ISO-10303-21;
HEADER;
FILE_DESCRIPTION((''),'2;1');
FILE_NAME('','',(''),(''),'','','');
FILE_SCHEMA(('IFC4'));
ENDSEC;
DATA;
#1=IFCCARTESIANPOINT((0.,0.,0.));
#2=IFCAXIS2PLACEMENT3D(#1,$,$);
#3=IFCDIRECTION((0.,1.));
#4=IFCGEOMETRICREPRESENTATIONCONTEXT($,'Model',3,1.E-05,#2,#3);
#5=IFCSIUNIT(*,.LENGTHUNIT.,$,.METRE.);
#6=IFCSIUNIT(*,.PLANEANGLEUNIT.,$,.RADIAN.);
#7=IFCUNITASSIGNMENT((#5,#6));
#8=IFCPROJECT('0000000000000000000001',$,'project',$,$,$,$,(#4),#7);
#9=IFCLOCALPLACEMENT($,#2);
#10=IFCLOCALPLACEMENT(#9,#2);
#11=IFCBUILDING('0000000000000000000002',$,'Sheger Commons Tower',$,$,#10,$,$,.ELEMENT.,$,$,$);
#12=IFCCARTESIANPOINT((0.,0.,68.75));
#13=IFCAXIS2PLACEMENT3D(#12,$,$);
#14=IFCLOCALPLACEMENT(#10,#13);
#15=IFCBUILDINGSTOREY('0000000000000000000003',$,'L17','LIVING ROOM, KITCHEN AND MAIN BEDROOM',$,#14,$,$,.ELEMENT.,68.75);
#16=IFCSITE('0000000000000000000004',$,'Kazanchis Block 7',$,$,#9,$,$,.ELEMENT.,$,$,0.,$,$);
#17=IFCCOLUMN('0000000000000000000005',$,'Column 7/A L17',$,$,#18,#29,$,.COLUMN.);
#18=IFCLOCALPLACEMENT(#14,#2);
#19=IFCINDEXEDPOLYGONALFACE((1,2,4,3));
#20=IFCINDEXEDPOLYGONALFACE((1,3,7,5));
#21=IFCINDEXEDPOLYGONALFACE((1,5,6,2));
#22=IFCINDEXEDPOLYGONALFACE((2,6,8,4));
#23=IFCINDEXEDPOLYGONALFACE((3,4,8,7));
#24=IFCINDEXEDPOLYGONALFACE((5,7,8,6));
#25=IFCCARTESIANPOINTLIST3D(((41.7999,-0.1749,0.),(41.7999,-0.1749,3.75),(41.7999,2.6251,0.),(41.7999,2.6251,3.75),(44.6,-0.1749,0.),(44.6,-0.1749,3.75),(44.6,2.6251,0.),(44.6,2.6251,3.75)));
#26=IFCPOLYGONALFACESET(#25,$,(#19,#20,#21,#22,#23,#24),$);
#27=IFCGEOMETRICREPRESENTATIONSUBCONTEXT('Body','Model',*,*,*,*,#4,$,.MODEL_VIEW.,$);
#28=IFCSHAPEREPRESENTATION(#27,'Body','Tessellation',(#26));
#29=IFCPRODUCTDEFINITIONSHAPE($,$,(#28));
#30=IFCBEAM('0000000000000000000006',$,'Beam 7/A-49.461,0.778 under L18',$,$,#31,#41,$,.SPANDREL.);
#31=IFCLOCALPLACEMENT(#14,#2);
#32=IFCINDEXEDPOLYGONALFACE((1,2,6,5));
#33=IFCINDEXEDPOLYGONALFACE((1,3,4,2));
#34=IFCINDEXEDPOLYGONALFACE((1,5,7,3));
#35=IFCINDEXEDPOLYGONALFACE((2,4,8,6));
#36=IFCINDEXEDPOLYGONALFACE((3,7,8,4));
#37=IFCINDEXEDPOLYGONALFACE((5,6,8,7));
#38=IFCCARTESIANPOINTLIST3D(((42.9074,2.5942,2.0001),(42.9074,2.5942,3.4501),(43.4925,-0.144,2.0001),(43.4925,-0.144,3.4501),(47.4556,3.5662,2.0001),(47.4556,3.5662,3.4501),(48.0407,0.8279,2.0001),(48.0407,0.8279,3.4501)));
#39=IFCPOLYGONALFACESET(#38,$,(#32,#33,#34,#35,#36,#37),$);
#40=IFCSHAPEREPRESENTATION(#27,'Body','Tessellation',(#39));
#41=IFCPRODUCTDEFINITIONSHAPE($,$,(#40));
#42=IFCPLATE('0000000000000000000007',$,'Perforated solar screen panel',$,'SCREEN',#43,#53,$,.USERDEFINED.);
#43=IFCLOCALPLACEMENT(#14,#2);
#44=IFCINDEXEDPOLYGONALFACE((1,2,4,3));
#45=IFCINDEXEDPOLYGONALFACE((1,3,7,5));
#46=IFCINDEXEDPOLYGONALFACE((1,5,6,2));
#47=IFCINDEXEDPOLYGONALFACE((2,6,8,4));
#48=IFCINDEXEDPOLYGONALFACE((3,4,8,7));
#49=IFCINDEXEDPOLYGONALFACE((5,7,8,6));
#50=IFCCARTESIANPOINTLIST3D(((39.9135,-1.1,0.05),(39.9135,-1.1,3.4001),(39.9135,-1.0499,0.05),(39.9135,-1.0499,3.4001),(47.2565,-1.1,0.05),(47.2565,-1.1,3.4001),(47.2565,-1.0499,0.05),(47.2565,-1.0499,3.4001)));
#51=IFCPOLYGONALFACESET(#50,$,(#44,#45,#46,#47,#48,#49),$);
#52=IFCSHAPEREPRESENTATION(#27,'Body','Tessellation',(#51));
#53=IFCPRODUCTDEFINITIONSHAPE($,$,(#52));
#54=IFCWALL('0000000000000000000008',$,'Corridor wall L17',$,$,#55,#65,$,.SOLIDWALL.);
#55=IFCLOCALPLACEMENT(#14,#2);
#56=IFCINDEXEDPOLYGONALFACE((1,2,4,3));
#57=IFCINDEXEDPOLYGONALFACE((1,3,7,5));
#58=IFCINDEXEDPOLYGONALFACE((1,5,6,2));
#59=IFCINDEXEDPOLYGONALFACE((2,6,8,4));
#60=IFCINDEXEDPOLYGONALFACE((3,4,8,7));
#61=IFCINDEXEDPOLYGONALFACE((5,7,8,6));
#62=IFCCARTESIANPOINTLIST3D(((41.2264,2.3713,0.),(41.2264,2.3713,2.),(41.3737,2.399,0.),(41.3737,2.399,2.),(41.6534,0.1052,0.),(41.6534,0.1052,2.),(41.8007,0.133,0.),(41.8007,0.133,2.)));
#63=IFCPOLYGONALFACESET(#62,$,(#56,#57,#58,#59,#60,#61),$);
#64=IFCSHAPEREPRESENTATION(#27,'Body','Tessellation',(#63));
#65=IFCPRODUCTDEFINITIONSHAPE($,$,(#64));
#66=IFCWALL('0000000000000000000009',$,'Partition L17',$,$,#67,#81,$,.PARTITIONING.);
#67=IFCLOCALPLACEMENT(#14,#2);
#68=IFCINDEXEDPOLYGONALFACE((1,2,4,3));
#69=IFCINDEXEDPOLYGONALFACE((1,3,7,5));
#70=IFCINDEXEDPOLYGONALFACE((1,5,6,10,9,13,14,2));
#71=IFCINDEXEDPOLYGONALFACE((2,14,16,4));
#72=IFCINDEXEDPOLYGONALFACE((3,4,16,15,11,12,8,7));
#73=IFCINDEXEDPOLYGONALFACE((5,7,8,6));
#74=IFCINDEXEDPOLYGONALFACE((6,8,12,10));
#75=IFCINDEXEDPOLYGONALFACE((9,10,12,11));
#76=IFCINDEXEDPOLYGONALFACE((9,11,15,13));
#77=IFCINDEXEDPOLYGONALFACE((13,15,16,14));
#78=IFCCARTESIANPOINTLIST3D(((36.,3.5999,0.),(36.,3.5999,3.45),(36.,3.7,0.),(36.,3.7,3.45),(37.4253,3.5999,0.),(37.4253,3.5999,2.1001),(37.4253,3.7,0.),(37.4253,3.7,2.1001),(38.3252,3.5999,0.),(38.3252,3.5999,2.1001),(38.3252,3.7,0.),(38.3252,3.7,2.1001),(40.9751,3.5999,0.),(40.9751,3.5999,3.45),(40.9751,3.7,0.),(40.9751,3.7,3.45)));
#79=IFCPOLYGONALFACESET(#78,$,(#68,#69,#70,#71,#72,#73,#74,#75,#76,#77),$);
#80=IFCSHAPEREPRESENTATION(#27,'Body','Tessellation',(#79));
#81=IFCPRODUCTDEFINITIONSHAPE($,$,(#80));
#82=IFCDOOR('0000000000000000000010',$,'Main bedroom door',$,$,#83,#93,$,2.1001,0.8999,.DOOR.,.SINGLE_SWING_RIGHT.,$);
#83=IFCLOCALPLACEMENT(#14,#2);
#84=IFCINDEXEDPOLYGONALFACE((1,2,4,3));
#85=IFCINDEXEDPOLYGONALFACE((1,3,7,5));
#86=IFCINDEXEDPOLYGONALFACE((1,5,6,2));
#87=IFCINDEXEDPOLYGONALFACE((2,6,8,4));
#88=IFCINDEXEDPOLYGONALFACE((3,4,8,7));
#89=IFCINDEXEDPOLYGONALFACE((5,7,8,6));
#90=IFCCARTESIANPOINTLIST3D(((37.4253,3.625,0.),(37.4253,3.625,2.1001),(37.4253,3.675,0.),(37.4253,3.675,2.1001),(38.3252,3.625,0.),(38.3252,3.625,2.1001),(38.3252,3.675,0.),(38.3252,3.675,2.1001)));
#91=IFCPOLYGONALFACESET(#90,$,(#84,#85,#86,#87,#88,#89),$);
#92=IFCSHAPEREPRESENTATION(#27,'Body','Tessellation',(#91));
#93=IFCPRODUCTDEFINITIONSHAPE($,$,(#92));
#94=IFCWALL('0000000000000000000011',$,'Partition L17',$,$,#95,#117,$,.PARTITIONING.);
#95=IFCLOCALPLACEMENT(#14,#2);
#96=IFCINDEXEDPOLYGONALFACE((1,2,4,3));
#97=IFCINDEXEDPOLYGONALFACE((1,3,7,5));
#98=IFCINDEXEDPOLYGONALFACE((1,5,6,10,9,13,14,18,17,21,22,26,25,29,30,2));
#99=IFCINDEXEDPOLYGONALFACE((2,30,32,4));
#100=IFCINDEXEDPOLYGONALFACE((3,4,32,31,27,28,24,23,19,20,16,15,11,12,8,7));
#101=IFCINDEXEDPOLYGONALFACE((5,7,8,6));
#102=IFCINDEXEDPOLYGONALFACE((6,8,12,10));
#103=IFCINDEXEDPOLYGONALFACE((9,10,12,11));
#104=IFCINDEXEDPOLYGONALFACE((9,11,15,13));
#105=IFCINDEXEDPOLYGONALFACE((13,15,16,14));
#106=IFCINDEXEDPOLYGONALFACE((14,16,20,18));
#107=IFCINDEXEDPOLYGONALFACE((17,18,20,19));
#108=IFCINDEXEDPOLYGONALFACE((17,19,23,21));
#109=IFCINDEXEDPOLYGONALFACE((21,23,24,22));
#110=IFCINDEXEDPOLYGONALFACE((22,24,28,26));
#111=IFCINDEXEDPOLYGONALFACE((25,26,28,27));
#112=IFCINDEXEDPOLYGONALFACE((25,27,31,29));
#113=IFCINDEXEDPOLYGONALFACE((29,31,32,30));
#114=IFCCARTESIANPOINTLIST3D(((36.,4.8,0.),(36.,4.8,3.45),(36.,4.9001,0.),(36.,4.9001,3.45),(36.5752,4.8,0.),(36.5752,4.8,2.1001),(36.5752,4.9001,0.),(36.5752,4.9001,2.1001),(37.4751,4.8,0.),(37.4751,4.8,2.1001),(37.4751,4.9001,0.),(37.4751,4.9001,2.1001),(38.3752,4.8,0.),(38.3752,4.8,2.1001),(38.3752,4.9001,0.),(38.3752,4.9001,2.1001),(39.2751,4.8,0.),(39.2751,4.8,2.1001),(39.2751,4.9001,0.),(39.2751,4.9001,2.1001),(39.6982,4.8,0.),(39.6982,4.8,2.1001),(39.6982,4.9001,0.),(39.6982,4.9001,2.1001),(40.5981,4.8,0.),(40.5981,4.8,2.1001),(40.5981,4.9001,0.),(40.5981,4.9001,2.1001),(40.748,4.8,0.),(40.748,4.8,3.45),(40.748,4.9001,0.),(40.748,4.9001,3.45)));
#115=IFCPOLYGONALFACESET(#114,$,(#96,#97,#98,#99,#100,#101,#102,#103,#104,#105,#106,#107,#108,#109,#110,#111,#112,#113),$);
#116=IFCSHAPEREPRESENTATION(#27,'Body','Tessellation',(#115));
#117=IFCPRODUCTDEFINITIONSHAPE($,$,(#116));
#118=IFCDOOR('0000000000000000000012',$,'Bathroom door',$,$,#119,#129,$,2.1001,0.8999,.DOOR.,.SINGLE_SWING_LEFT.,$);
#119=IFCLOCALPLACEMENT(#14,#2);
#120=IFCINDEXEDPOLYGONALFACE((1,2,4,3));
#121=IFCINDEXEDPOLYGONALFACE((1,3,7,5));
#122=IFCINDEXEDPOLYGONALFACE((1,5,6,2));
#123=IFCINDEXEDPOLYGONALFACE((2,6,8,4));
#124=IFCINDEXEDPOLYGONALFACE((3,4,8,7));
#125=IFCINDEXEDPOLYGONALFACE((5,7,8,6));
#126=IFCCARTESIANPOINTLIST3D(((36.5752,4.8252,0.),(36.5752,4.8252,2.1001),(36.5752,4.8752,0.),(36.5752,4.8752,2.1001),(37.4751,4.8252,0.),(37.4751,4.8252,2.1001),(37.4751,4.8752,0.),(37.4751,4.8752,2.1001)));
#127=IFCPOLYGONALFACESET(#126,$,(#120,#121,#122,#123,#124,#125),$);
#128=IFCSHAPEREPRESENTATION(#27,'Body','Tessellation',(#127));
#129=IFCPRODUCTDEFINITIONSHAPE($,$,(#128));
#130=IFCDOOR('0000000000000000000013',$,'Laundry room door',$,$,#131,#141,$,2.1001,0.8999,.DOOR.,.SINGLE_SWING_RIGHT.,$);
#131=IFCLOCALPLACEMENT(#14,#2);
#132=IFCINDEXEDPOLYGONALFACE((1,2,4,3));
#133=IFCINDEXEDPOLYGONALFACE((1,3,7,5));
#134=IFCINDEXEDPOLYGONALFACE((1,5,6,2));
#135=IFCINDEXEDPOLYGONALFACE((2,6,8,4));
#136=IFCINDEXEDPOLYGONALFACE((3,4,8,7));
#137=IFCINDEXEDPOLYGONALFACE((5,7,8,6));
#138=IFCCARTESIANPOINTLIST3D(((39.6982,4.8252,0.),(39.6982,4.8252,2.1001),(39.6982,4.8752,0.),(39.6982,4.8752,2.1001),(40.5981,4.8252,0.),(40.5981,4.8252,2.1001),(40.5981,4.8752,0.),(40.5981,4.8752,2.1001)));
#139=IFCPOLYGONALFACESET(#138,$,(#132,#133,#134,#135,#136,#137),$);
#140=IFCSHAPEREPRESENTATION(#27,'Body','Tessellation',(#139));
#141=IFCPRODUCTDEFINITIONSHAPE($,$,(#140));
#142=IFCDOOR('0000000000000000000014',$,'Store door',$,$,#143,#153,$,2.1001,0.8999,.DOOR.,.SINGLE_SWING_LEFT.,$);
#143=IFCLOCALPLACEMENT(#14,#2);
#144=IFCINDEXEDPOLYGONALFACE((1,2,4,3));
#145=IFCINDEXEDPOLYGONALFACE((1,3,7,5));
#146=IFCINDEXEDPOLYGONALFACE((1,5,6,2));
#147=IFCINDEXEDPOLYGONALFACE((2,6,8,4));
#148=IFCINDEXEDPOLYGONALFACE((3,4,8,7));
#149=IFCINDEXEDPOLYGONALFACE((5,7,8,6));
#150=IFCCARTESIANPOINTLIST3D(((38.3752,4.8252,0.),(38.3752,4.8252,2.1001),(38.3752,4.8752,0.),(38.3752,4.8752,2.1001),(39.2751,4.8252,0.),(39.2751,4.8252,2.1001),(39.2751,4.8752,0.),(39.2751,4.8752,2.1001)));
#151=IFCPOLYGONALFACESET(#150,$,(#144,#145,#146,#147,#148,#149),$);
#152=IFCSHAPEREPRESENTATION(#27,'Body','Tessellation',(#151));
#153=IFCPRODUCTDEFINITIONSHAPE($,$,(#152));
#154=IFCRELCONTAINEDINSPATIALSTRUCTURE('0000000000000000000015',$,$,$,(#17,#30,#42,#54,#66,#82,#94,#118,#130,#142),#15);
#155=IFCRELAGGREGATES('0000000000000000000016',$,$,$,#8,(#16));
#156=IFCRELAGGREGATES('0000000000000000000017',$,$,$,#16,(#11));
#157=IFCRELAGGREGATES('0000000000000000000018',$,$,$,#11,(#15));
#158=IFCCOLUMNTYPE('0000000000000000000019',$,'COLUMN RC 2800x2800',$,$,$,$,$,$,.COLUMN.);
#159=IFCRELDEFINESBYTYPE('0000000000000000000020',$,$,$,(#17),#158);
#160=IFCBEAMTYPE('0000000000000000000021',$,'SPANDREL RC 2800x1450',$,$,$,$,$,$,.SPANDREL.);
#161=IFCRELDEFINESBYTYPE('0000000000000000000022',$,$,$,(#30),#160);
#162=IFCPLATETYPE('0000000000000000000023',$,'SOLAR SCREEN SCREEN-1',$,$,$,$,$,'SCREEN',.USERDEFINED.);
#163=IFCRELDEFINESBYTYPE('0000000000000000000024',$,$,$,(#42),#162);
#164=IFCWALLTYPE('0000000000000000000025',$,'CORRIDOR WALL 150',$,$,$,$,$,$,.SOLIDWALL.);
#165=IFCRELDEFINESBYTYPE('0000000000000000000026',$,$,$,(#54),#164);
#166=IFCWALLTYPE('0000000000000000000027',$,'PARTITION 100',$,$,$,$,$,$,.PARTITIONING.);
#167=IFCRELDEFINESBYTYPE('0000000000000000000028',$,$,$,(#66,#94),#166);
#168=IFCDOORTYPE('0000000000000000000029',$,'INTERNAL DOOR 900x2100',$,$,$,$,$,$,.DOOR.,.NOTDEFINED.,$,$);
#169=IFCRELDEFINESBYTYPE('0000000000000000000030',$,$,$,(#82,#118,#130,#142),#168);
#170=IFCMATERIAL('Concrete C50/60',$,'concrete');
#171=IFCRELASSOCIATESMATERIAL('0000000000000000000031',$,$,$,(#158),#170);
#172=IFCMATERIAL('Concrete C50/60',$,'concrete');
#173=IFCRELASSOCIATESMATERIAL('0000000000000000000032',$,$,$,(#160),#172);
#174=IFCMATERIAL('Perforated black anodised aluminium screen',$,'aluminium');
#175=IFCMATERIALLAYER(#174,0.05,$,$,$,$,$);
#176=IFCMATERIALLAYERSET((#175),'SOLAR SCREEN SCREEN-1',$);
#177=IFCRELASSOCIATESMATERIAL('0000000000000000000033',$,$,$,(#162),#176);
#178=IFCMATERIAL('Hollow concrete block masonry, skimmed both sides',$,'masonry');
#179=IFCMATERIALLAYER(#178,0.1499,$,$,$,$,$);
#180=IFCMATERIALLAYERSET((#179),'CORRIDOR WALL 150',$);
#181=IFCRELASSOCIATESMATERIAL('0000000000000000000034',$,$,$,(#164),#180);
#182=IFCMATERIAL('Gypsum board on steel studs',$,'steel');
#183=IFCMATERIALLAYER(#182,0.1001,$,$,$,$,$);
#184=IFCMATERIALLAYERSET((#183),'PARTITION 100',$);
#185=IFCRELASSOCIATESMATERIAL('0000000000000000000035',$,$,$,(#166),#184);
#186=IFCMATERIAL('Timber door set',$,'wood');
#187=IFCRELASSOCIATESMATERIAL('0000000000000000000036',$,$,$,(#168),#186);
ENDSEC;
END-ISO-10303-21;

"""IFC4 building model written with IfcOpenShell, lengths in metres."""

from ifc_helpers import new_model, si_unit, direction, frame, frame_2d, origin, origin_2d, place, context, subcontext, project, spatial, rectangle, extrude, material, layer, layer_set, material_profile, profile_set, type_object, element, fill, save


model = new_model("IFC4")

# Units and contexts
model_context = context("Model", 3, precision=1e-05, world=origin(), true_north=direction((0.0, 1.0)))
body_context = subcontext(model_context, "Body", "Model", "MODEL_VIEW")
ifc_project = project(units=[si_unit("LENGTHUNIT", "METRE"), si_unit("PLANEANGLEUNIT", "RADIAN")], contexts=[model_context])

# Site, building, storey
site_placement = place(None, origin())
site = spatial("IfcSite", under=ifc_project, at=site_placement, Name="Kazanchis Block 7", CompositionType="ELEMENT", RefElevation=0.0)
building_placement = place(site_placement, origin())
building = spatial("IfcBuilding", under=site, at=building_placement, Name="Sheger Commons Tower", CompositionType="ELEMENT")
storey_placement = place(building_placement, frame((0.0, 0.0, 68.75)))
storey = spatial("IfcBuildingStorey", under=building, at=storey_placement, Name="L17", Description="LIVING ROOM, KITCHEN AND MAIN BEDROOM", CompositionType="ELEMENT", Elevation=68.75)

# Column
ifc_material_1 = material(Name="Concrete C50/60", Category="concrete")
ifc_material_profile_1 = material_profile(ifc_material_1, rectangle(XDim=2.8, YDim=2.8, at=origin_2d()), Name="RC 2800x2800")
ifc_profile_set_1 = profile_set([ifc_material_profile_1], Name="Concrete C50/60")
column_type = type_object("IfcColumnType", Name="COLUMN RC 2800x2800", PredefinedType="COLUMN", material=ifc_profile_set_1)
column_placement = place(storey_placement, frame((43.2, 1.2251, 0.0), z_axis=(0.0, 0.0, 1.0), x_axis=(1.0, 0.0, 0.0)))
element("IfcColumn", 1, at=column_placement, inside=storey, type_object=column_type, Name="Column 7/A L17", PredefinedType="COLUMN", context=body_context, shape_type="SweptSolid", body=[
    extrude(rectangle(XDim=2.8, YDim=2.8, at=origin_2d()), origin(), (0.0, 0.0, 1.0), 3.75),
])

# Beam
ifc_material_2 = material(Name="Concrete C50/60", Category="concrete")
ifc_material_profile_2 = material_profile(ifc_material_2, rectangle(XDim=2.8, YDim=1.45, at=origin_2d()), Name="RC 2800x1450")
ifc_profile_set_2 = profile_set([ifc_material_profile_2], Name="Concrete C50/60")
beam_type = type_object("IfcBeamType", Name="SPANDREL RC 2800x1450", PredefinedType="SPANDREL", material=ifc_profile_set_2)
beam_placement = place(storey_placement, frame((43.2, 1.2251, 2.7251), z_axis=(0.97792, 0.208981, 0.0), x_axis=(-0.208981, 0.97792, 0.0)))
element("IfcBeam", 2, at=beam_placement, inside=storey, type_object=beam_type, Name="Beam 7/A-49.461,0.778 under L18", PredefinedType="SPANDREL", context=body_context, shape_type="SweptSolid", body=[
    extrude(rectangle(XDim=2.8, YDim=1.45, at=origin_2d()), origin(), (0.0, 0.0, 1.0), 4.6509),
])

# Plate
ifc_material_3 = material(Name="Perforated black anodised aluminium screen", Category="aluminium")
ifc_layer_1 = layer(ifc_material_3, 0.05)
ifc_layer_set_1 = layer_set([ifc_layer_1], Name="SOLAR SCREEN SCREEN-1")
plate_type = type_object("IfcPlateType", Name="SOLAR SCREEN SCREEN-1", ElementType="SCREEN", PredefinedType="USERDEFINED", material=ifc_layer_set_1)
plate_placement = place(storey_placement, frame((43.585, -1.075, 0.05), z_axis=(0.0, 0.0, 1.0), x_axis=(1.0, 0.0, 0.0)))
element("IfcPlate", 3, at=plate_placement, inside=storey, type_object=plate_type, Name="Perforated solar screen panel", ObjectType="SCREEN", PredefinedType="USERDEFINED", context=body_context, shape_type="SweptSolid", body=[
    extrude(rectangle(XDim=7.343, YDim=0.05, at=origin_2d()), origin(), (0.0, 0.0, 1.0), 3.3501),
])

# Wall
ifc_material_4 = material(Name="Hollow concrete block masonry, skimmed both sides", Category="masonry")
ifc_layer_2 = layer(ifc_material_4, 0.1499)
ifc_layer_set_2 = layer_set([ifc_layer_2], Name="CORRIDOR WALL 150")
wall_type_1 = type_object("IfcWallType", Name="CORRIDOR WALL 150", PredefinedType="SOLIDWALL", material=ifc_layer_set_2)
wall_1_placement = place(storey_placement, frame((41.3, 2.385, 0.0), z_axis=(0.0, 0.0, 1.0), x_axis=(0.185171, -0.982706, 0.0)))
element("IfcWall", 4, at=wall_1_placement, inside=storey, type_object=wall_type_1, Name="Corridor wall L17", PredefinedType="SOLIDWALL", context=body_context, shape_type="SweptSolid", body=[
    extrude(rectangle(XDim=2.3059, YDim=0.1499, at=frame_2d((1.1528, 0.0))), origin(), (0.0, 0.0, 1.0), 2.0),
])

# Wall, opening, door
ifc_material_5 = material(Name="Gypsum board on steel studs", Category="steel")
ifc_layer_3 = layer(ifc_material_5, 0.1001)
ifc_layer_set_3 = layer_set([ifc_layer_3], Name="PARTITION 100")
wall_type_2 = type_object("IfcWallType", Name="PARTITION 100", PredefinedType="PARTITIONING", material=ifc_layer_set_3)
wall_2_placement = place(storey_placement, frame((40.9751, 3.6499, 0.0), z_axis=(0.0, 0.0, 1.0), x_axis=(-1.0, 0.0, 0.0)))
wall_2 = element("IfcWall", 5, at=wall_2_placement, inside=storey, type_object=wall_type_2, Name="Partition L17", PredefinedType="PARTITIONING", context=body_context, shape_type="SweptSolid", body=[
    extrude(rectangle(XDim=4.9751, YDim=0.1001, at=frame_2d((2.4875, 0.0))), origin(), (0.0, 0.0, 1.0), 3.45),
])
opening_1_placement = place(wall_2_placement, frame((2.6499, 0.0, 0.0)))
opening_1 = element("IfcOpeningElement", 6, at=opening_1_placement, cuts=wall_2, PredefinedType="OPENING", context=body_context, shape_type="SweptSolid", body=[
    extrude(rectangle(XDim=0.8999, YDim=2.1001, at=frame_2d((0.45, 1.05))), frame((0.0, 0.0601, 0.0), z_axis=(0.0, -1.0, 0.0), x_axis=(1.0, 0.0, 0.0)), (0.0, 0.0, 1.0), 0.1201),
])
ifc_material_6 = material(Name="Timber door set", Category="wood")
door_type = type_object("IfcDoorType", Name="INTERNAL DOOR 900x2100", OperationType="NOTDEFINED", PredefinedType="DOOR", material=ifc_material_6)
door_1_placement = place(opening_1_placement, origin())
door_1 = element("IfcDoor", 7, at=door_1_placement, inside=storey, type_object=door_type, Name="Main bedroom door", OperationType="SINGLE_SWING_RIGHT", OverallHeight=2.1001, OverallWidth=0.8999, PredefinedType="DOOR", context=body_context, shape_type="SweptSolid", body=[
    extrude(rectangle(XDim=0.8999, YDim=2.1001, at=frame_2d((0.45, 1.05))), frame((0.0, 0.0249, 0.0), z_axis=(0.0, -1.0, 0.0), x_axis=(1.0, 0.0, 0.0)), (0.0, 0.0, 1.0), 0.05),
])
fill(opening_1, door_1)

# Wall, openings, doors
wall_3_placement = place(storey_placement, frame((40.748, 4.8501, 0.0), z_axis=(0.0, 0.0, 1.0), x_axis=(-1.0, 0.0, 0.0)))
wall_3 = element("IfcWall", 8, at=wall_3_placement, inside=storey, type_object=wall_type_2, Name="Partition L17", PredefinedType="PARTITIONING", context=body_context, shape_type="SweptSolid", body=[
    extrude(rectangle(XDim=4.748, YDim=0.1001, at=frame_2d((2.374, 0.0))), origin(), (0.0, 0.0, 1.0), 3.45),
])
opening_2_placement = place(wall_3_placement, frame((3.2729, 0.0, 0.0)))
opening_2 = element("IfcOpeningElement", 9, at=opening_2_placement, cuts=wall_3, PredefinedType="OPENING", context=body_context, shape_type="SweptSolid", body=[
    extrude(rectangle(XDim=0.8999, YDim=2.1001, at=frame_2d((0.45, 1.05))), frame((0.0, 0.0601, 0.0), z_axis=(0.0, -1.0, 0.0), x_axis=(1.0, 0.0, 0.0)), (0.0, 0.0, 1.0), 0.1201),
])
opening_3_placement = place(wall_3_placement, frame((0.1499, 0.0, 0.0)))
opening_3 = element("IfcOpeningElement", 10, at=opening_3_placement, cuts=wall_3, PredefinedType="OPENING", context=body_context, shape_type="SweptSolid", body=[
    extrude(rectangle(XDim=0.8999, YDim=2.1001, at=frame_2d((0.45, 1.05))), frame((0.0, 0.0601, 0.0), z_axis=(0.0, -1.0, 0.0), x_axis=(1.0, 0.0, 0.0)), (0.0, 0.0, 1.0), 0.1201),
])
opening_4_placement = place(wall_3_placement, frame((1.4729, 0.0, 0.0)))
opening_4 = element("IfcOpeningElement", 11, at=opening_4_placement, cuts=wall_3, PredefinedType="OPENING", context=body_context, shape_type="SweptSolid", body=[
    extrude(rectangle(XDim=0.8999, YDim=2.1001, at=frame_2d((0.45, 1.05))), frame((0.0, 0.0601, 0.0), z_axis=(0.0, -1.0, 0.0), x_axis=(1.0, 0.0, 0.0)), (0.0, 0.0, 1.0), 0.1201),
])
door_2_placement = place(opening_2_placement, origin())
door_2 = element("IfcDoor", 12, at=door_2_placement, inside=storey, type_object=door_type, Name="Bathroom door", OperationType="SINGLE_SWING_LEFT", OverallHeight=2.1001, OverallWidth=0.8999, PredefinedType="DOOR", context=body_context, shape_type="SweptSolid", body=[
    extrude(rectangle(XDim=0.8999, YDim=2.1001, at=frame_2d((0.45, 1.05))), frame((0.0, 0.0249, 0.0), z_axis=(0.0, -1.0, 0.0), x_axis=(1.0, 0.0, 0.0)), (0.0, 0.0, 1.0), 0.05),
])
fill(opening_2, door_2)
door_3_placement = place(opening_3_placement, origin())
door_3 = element("IfcDoor", 13, at=door_3_placement, inside=storey, type_object=door_type, Name="Laundry room door", OperationType="SINGLE_SWING_RIGHT", OverallHeight=2.1001, OverallWidth=0.8999, PredefinedType="DOOR", context=body_context, shape_type="SweptSolid", body=[
    extrude(rectangle(XDim=0.8999, YDim=2.1001, at=frame_2d((0.45, 1.05))), frame((0.0, 0.0249, 0.0), z_axis=(0.0, -1.0, 0.0), x_axis=(1.0, 0.0, 0.0)), (0.0, 0.0, 1.0), 0.05),
])
fill(opening_3, door_3)
door_4_placement = place(opening_4_placement, origin())
door_4 = element("IfcDoor", 14, at=door_4_placement, inside=storey, type_object=door_type, Name="Store door", OperationType="SINGLE_SWING_LEFT", OverallHeight=2.1001, OverallWidth=0.8999, PredefinedType="DOOR", context=body_context, shape_type="SweptSolid", body=[
    extrude(rectangle(XDim=0.8999, YDim=2.1001, at=frame_2d((0.45, 1.05))), frame((0.0, 0.0249, 0.0), z_axis=(0.0, -1.0, 0.0), x_axis=(1.0, 0.0, 0.0)), (0.0, 0.0, 1.0), 0.05),
])
fill(opening_4, door_4)

save(model, "model.ifc")
